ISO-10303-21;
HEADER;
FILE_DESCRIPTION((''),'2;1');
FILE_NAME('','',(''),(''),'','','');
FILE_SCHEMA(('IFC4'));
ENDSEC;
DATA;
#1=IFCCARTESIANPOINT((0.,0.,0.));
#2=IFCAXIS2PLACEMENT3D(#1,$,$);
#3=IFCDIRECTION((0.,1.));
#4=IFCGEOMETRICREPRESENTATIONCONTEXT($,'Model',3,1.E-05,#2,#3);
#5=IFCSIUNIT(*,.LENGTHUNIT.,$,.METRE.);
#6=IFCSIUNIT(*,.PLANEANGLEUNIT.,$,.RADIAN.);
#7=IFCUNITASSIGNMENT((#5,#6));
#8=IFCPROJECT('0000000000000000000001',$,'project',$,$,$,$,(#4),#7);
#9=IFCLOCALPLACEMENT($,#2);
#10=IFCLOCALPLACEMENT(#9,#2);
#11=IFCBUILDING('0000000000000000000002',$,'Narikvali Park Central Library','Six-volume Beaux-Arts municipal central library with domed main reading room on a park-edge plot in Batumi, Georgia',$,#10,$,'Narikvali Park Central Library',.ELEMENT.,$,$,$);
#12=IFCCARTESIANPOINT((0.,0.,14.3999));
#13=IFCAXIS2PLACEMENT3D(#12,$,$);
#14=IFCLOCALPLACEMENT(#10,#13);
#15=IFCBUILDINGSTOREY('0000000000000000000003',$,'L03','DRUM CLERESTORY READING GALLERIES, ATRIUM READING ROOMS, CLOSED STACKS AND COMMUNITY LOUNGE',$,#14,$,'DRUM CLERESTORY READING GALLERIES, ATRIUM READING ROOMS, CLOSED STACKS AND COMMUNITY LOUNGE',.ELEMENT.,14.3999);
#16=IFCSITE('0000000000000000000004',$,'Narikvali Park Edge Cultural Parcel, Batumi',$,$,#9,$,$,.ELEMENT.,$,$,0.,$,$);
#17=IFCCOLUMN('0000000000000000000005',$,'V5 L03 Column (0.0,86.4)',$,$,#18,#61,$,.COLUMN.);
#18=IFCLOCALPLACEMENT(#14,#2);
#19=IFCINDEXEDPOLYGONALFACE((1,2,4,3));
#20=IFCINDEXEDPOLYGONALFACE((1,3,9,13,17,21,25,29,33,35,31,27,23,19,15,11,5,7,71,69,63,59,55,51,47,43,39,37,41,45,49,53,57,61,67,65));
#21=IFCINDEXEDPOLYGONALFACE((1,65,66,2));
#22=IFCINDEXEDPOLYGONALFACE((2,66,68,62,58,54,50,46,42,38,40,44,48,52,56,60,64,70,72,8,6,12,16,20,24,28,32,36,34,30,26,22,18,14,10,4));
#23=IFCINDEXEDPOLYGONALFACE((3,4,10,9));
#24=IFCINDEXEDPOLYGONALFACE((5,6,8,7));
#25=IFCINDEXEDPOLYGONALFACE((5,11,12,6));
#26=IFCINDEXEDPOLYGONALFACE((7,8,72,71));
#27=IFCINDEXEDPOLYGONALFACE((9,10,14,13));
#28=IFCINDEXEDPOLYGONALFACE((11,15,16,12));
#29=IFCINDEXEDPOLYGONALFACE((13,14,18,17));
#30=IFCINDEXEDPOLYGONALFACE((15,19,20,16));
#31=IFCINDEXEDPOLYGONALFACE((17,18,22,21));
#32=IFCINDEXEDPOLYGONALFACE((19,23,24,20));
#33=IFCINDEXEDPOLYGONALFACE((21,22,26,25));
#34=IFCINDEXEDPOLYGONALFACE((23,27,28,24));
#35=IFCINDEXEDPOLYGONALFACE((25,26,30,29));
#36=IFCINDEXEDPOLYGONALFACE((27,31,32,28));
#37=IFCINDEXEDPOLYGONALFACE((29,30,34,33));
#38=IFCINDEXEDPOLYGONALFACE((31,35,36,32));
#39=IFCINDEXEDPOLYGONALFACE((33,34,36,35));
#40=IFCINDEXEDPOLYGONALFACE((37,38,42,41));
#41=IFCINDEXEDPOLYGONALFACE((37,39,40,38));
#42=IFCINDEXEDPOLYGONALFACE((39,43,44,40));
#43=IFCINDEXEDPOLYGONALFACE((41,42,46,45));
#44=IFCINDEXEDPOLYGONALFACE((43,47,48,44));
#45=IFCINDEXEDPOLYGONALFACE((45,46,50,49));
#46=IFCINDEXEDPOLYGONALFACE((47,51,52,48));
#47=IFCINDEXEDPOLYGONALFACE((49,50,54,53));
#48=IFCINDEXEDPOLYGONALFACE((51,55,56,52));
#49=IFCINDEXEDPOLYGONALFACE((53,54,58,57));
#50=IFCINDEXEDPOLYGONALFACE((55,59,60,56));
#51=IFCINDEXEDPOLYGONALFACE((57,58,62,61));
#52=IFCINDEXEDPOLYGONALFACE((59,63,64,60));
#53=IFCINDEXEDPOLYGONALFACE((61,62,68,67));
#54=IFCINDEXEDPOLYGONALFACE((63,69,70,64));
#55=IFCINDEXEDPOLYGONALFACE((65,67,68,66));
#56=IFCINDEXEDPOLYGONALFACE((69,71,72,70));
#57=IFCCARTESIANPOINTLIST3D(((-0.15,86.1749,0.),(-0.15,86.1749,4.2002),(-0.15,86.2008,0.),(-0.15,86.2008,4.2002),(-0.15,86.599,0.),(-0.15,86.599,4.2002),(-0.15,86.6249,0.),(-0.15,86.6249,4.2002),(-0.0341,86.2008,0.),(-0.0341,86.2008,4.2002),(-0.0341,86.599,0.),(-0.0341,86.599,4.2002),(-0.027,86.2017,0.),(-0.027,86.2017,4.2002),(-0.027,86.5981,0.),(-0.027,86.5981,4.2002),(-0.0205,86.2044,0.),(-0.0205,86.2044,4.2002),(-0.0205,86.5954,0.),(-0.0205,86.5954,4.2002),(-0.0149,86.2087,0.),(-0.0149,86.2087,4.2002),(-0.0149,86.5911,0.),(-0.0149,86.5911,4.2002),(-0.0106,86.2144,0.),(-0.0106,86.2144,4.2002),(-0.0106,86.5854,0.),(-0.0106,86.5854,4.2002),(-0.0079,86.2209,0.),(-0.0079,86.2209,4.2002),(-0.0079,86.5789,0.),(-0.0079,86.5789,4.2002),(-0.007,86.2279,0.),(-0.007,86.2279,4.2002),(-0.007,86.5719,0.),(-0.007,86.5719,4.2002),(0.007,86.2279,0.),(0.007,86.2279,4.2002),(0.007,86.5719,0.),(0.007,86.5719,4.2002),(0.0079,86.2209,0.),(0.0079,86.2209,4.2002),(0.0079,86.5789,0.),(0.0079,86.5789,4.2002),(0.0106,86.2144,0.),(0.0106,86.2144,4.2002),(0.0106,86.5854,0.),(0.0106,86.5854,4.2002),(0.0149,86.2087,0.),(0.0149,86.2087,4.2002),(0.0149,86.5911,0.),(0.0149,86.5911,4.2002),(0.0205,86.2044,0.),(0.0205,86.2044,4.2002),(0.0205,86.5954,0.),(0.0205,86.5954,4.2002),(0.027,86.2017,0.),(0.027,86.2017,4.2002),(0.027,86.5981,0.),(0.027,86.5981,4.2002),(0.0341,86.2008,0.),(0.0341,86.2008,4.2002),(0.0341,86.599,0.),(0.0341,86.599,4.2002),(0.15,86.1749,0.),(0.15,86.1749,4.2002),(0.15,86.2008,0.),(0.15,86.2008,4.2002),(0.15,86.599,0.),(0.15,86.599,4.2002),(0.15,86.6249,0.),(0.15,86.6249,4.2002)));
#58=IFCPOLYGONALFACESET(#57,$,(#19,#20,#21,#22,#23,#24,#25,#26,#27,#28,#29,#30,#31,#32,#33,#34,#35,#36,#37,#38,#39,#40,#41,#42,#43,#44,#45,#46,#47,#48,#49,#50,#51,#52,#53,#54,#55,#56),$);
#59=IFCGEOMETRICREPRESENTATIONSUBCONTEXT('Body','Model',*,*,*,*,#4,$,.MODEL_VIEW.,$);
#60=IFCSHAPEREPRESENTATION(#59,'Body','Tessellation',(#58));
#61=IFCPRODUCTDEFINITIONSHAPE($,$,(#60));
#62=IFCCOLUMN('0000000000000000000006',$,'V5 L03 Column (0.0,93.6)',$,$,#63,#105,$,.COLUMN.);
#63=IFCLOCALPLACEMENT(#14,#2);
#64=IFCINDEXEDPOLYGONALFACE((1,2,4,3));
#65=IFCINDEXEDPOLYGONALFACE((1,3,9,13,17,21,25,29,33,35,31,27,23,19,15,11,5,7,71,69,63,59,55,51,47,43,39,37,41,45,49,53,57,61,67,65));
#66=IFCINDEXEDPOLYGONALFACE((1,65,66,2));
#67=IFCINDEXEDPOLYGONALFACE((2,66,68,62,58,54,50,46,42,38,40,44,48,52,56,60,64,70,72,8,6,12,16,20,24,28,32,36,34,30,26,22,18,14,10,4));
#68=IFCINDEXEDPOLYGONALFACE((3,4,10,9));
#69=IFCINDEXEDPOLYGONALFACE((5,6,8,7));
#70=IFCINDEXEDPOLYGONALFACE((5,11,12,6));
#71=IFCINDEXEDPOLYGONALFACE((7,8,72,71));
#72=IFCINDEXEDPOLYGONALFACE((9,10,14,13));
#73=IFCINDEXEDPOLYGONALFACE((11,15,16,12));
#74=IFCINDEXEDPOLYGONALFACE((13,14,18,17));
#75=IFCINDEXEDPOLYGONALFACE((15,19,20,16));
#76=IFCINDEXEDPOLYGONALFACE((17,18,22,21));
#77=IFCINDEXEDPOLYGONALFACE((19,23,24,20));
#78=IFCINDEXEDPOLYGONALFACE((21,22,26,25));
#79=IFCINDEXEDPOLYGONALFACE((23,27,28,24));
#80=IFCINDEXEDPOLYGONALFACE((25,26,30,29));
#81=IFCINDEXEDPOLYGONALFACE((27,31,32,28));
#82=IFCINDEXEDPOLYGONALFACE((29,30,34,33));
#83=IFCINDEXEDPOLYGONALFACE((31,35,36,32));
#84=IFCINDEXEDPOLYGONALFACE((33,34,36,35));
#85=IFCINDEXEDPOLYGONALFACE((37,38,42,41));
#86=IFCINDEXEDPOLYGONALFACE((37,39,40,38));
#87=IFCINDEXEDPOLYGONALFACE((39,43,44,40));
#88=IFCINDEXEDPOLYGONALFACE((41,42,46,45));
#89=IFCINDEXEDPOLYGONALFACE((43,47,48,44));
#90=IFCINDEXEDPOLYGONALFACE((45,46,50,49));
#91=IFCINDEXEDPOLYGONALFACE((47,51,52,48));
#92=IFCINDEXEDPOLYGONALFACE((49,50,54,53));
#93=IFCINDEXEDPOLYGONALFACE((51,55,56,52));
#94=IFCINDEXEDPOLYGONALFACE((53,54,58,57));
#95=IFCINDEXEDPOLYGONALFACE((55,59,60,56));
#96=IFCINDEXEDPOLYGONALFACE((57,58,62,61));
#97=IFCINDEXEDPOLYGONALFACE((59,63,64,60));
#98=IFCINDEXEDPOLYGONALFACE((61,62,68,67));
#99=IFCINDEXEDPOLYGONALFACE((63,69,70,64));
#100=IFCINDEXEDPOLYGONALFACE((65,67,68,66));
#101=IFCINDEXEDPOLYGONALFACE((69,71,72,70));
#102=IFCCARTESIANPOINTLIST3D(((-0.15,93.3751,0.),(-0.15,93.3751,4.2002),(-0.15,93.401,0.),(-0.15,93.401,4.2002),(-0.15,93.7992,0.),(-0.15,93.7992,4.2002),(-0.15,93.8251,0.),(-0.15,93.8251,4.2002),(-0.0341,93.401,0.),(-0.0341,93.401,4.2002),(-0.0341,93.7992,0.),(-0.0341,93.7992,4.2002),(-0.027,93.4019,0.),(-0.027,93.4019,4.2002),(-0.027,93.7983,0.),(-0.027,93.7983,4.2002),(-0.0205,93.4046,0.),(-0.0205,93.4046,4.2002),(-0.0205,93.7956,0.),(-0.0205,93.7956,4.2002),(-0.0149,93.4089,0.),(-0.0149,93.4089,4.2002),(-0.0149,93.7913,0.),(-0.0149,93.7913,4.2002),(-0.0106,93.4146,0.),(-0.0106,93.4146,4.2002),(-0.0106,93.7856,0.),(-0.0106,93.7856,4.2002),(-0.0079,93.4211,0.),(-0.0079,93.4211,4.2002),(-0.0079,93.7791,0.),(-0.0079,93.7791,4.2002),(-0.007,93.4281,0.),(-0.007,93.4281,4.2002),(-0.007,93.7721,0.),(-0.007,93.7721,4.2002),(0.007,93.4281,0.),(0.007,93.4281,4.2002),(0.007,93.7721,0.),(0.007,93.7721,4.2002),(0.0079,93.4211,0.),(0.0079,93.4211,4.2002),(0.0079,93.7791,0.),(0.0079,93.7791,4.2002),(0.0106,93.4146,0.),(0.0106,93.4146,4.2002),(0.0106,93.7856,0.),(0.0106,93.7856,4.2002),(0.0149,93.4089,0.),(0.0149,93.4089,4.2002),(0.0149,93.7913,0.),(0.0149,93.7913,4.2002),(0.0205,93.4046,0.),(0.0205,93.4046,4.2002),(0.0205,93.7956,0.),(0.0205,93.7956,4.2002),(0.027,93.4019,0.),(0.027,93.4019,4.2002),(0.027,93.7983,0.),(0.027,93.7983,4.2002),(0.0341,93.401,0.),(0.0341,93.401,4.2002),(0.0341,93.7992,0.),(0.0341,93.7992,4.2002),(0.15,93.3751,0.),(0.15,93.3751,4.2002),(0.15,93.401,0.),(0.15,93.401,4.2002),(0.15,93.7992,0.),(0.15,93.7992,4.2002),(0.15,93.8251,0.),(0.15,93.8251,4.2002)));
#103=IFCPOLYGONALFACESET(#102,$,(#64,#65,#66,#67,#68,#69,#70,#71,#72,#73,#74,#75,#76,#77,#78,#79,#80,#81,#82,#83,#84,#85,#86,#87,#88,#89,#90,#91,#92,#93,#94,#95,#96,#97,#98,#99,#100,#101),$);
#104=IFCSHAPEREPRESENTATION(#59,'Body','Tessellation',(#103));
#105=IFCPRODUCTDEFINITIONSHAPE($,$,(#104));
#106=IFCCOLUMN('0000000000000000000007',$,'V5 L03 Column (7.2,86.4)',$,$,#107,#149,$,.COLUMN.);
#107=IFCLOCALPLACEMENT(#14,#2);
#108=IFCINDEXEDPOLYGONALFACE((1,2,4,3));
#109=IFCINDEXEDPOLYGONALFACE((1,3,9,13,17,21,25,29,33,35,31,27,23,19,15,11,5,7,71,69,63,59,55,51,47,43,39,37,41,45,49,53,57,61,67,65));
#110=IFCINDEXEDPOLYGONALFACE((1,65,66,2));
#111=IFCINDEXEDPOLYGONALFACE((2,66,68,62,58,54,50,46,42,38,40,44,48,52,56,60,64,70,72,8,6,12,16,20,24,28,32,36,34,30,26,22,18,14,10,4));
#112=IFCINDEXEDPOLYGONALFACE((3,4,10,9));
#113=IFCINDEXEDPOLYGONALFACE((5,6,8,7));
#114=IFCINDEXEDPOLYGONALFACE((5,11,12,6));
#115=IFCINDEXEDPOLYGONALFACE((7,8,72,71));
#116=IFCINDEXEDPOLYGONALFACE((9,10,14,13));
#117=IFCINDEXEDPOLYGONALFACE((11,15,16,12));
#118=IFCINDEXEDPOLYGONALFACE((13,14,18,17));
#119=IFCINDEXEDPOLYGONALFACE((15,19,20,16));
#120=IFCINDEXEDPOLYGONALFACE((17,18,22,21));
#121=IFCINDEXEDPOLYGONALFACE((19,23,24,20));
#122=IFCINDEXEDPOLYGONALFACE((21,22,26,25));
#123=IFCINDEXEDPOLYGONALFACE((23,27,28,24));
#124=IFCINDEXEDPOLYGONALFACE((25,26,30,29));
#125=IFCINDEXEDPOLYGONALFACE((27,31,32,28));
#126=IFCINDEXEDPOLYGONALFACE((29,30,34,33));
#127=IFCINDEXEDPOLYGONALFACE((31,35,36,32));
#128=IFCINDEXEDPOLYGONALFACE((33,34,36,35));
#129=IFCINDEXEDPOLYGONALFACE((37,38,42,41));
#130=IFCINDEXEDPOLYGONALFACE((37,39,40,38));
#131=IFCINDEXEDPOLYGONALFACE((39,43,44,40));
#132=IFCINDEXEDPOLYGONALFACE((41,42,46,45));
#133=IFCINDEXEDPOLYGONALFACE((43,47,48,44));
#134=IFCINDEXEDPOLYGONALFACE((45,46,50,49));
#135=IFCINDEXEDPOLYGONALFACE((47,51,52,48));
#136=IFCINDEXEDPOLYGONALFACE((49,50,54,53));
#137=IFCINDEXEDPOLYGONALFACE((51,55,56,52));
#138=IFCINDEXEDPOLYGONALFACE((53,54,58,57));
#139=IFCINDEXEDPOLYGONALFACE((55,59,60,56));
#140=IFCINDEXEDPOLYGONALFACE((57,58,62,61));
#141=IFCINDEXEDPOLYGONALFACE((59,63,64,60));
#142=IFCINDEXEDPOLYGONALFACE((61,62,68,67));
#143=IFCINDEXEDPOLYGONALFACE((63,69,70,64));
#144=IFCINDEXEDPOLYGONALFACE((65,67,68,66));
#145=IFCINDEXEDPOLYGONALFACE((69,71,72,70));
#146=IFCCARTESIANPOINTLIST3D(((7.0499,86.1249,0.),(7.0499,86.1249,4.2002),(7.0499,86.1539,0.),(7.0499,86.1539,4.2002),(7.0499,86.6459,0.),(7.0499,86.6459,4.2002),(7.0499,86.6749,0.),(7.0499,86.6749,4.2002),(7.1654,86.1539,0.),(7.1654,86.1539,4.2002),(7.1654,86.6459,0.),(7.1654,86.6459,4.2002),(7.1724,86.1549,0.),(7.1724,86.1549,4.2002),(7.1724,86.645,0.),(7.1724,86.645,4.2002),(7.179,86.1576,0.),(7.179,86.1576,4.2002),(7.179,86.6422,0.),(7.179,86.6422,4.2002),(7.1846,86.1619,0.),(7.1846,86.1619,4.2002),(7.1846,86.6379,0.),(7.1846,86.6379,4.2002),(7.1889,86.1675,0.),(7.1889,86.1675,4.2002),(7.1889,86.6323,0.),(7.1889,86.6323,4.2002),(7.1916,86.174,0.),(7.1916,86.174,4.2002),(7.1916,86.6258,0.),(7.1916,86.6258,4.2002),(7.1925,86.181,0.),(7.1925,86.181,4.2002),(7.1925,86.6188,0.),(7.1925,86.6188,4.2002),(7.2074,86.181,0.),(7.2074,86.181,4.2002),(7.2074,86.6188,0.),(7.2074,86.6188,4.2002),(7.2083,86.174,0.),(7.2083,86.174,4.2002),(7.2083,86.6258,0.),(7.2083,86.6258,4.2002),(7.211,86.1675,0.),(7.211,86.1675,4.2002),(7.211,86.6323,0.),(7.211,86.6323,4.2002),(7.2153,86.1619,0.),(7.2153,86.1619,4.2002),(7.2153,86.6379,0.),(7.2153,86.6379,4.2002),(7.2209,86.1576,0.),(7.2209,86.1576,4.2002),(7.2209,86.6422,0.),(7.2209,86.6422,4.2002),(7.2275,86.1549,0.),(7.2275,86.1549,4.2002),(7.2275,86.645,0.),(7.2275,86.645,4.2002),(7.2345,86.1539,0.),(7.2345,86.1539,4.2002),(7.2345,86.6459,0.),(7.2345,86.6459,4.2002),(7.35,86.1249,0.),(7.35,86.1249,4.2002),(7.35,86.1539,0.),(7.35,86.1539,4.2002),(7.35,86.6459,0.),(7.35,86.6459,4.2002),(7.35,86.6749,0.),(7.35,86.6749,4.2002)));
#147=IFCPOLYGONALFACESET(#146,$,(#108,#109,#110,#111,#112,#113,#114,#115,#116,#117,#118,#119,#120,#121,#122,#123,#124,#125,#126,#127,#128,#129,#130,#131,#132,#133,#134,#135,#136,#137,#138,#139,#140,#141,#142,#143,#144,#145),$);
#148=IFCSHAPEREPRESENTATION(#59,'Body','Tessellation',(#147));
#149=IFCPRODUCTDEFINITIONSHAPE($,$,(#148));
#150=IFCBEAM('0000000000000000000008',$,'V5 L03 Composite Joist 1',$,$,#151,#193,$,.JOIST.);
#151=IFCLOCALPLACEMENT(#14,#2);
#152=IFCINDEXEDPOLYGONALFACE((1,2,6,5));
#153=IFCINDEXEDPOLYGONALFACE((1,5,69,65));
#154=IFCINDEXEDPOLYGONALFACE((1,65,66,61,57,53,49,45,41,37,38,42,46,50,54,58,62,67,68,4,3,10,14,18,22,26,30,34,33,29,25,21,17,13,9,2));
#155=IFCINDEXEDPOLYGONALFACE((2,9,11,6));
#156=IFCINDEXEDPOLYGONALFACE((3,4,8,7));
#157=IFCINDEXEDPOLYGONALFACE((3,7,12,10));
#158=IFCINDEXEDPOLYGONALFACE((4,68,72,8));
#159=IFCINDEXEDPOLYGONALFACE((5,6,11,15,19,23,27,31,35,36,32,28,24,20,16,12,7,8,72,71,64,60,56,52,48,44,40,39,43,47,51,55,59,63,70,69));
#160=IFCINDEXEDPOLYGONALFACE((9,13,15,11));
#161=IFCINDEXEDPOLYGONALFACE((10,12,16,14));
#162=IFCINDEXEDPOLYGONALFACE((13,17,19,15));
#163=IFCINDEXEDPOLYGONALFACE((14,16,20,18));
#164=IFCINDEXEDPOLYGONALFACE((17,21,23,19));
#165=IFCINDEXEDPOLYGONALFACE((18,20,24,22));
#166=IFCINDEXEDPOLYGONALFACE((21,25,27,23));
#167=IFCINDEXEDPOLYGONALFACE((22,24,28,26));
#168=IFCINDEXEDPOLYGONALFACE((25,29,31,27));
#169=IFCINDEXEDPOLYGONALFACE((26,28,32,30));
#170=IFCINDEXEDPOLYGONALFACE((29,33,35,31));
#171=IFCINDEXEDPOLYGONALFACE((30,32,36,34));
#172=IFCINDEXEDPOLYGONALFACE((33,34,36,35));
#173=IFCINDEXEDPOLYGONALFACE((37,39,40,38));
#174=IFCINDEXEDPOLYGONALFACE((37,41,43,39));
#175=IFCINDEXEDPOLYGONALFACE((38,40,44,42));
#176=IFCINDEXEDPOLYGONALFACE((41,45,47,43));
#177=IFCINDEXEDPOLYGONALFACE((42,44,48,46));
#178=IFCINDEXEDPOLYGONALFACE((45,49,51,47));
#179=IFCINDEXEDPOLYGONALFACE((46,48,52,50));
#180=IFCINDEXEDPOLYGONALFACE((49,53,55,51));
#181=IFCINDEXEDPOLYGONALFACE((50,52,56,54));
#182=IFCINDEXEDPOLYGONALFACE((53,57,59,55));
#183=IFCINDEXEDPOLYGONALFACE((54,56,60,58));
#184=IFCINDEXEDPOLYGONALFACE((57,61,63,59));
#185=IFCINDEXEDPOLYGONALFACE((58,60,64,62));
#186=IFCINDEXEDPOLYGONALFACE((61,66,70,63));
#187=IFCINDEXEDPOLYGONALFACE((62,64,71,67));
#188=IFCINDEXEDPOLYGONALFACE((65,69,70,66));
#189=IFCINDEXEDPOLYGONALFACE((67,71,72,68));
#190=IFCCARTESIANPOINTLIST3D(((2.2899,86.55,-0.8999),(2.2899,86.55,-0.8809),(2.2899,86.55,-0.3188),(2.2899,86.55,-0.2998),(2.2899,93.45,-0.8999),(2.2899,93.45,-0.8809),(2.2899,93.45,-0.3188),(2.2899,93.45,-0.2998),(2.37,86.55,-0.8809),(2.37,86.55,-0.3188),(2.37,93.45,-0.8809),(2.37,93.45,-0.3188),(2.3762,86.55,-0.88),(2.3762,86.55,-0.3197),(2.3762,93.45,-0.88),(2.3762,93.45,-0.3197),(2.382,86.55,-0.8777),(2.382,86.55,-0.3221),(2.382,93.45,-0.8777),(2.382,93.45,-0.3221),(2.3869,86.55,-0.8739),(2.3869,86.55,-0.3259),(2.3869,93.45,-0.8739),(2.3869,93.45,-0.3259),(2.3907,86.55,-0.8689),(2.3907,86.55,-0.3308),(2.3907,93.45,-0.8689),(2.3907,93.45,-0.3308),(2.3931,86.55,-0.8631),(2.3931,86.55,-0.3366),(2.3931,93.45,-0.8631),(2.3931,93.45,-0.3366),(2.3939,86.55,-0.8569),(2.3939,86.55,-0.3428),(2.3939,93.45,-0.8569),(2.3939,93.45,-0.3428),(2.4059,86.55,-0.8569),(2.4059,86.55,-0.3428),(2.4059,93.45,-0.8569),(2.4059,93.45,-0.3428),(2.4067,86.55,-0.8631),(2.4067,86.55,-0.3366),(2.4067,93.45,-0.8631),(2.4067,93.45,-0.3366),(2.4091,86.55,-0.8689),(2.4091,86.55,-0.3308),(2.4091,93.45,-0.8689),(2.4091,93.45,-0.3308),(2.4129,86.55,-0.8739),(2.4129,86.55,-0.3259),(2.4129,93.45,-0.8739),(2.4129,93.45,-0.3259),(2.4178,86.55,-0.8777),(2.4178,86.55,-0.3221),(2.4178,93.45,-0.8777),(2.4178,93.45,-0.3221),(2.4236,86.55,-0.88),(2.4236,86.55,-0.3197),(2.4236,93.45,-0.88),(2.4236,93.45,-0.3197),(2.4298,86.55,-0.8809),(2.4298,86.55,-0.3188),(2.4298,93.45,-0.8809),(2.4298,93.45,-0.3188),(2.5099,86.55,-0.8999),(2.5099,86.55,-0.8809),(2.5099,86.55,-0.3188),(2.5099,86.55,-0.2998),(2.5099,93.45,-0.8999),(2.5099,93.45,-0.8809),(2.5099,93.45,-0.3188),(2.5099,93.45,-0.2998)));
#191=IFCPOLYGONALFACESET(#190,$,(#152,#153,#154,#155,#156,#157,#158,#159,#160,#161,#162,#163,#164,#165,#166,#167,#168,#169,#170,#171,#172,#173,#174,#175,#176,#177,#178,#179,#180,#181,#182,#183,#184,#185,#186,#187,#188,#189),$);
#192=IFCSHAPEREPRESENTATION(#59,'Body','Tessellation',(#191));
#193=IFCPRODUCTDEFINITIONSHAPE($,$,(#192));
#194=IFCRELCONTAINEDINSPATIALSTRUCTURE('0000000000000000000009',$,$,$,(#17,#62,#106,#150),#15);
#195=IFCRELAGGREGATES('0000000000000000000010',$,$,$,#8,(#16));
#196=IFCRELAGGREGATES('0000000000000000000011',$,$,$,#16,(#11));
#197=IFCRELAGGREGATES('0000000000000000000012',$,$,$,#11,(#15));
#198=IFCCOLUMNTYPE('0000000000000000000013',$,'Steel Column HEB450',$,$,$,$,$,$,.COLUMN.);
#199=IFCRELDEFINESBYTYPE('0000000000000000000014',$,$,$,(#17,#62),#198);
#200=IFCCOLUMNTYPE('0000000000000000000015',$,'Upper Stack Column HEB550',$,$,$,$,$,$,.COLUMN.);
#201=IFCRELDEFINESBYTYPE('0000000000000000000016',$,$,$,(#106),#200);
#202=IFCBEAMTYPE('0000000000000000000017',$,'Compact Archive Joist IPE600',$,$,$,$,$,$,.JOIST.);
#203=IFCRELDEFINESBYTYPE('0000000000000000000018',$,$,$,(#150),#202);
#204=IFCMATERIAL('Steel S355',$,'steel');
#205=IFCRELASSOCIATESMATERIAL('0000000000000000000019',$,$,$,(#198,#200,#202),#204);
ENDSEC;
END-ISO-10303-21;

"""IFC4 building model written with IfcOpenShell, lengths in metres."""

from ifc_helpers import new_model, si_unit, direction, frame, origin, origin_2d, place, context, subcontext, project, spatial, i_section, extrude, material, material_profile, profile_set, type_object, element, save


model = new_model("IFC4")

# Units and contexts
model_context = context("Model", 3, precision=1e-05, world=origin(), true_north=direction((0.0, 1.0)))
body_context = subcontext(model_context, "Body", "Model", "MODEL_VIEW")
ifc_project = project(units=[si_unit("LENGTHUNIT", "METRE"), si_unit("PLANEANGLEUNIT", "RADIAN")], contexts=[model_context])

# Site, building, storey
site_placement = place(None, origin())
site = spatial("IfcSite", under=ifc_project, at=site_placement, Name="Narikvali Park Edge Cultural Parcel, Batumi", CompositionType="ELEMENT", RefElevation=0.0)
building_placement = place(site_placement, origin())
building = spatial("IfcBuilding", under=site, at=building_placement, Name="Narikvali Park Central Library", Description="Six-volume Beaux-Arts municipal central library with domed main reading room on a park-edge plot in Batumi, Georgia", LongName="Narikvali Park Central Library", CompositionType="ELEMENT")
storey_placement = place(building_placement, frame((0.0, 0.0, 14.3999)))
storey = spatial("IfcBuildingStorey", under=building, at=storey_placement, Name="L03", Description="DRUM CLERESTORY READING GALLERIES, ATRIUM READING ROOMS, CLOSED STACKS AND COMMUNITY LOUNGE", LongName="DRUM CLERESTORY READING GALLERIES, ATRIUM READING ROOMS, CLOSED STACKS AND COMMUNITY LOUNGE", CompositionType="ELEMENT", Elevation=14.3999)

# Columns
ifc_material_1 = material(Name="Steel S355", Category="steel")
ifc_material_profile_1 = material_profile(ifc_material_1, i_section(OverallWidth=0.3, OverallDepth=0.45, WebThickness=0.0139, FlangeThickness=0.0259, FilletRadius=0.0271, at=origin_2d()), Name="HEB 450")
ifc_profile_set_1 = profile_set([ifc_material_profile_1], Name="Steel S355")
column_type_1 = type_object("IfcColumnType", Name="Steel Column HEB450", PredefinedType="COLUMN", material=ifc_profile_set_1)
for number, where, z_axis, x_axis, name in (
    (1, (0.0, 86.3999, 0.0), (0.0, 0.0, 1.0), (1.0, 0.0, 0.0), "V5 L03 Column (0.0,86.4)"),
    (2, (0.0, 93.6001, 0.0), (0.0, 0.0, 1.0), (1.0, 0.0, 0.0), "V5 L03 Column (0.0,93.6)"),
):
    element("IfcColumn", number, at=place(storey_placement, frame(where, z_axis=z_axis, x_axis=x_axis)), inside=storey, type_object=column_type_1, Name=name, PredefinedType="COLUMN", context=body_context, shape_type="SweptSolid", body=[
        extrude(i_section(OverallWidth=0.3, OverallDepth=0.45, WebThickness=0.0139, FlangeThickness=0.0259, FilletRadius=0.0271, at=origin_2d()), origin(), (0.0, 0.0, 1.0), 4.2002),
    ])
ifc_material_profile_2 = material_profile(ifc_material_1, i_section(OverallWidth=0.3, OverallDepth=0.55, WebThickness=0.0149, FlangeThickness=0.0291, FilletRadius=0.0271, at=origin_2d()), Name="HEB 550")
ifc_profile_set_2 = profile_set([ifc_material_profile_2], Name="Steel S355")
column_type_2 = type_object("IfcColumnType", Name="Upper Stack Column HEB550", PredefinedType="COLUMN", material=ifc_profile_set_2)
column_placement = place(storey_placement, frame((7.2, 86.3999, 0.0), z_axis=(0.0, 0.0, 1.0), x_axis=(1.0, 0.0, 0.0)))
element("IfcColumn", 3, at=column_placement, inside=storey, type_object=column_type_2, Name="V5 L03 Column (7.2,86.4)", PredefinedType="COLUMN", context=body_context, shape_type="SweptSolid", body=[
    extrude(i_section(OverallWidth=0.3, OverallDepth=0.55, WebThickness=0.0149, FlangeThickness=0.0291, FilletRadius=0.0271, at=origin_2d()), origin(), (0.0, 0.0, 1.0), 4.2002),
])

# Beam
ifc_material_profile_3 = material_profile(ifc_material_1, i_section(OverallWidth=0.22, OverallDepth=0.6001, WebThickness=0.012, FlangeThickness=0.019, FilletRadius=0.0239, at=origin_2d()), Name="IPE 600")
ifc_profile_set_3 = profile_set([ifc_material_profile_3], Name="Steel S355")
beam_type_1 = type_object("IfcBeamType", Name="Compact Archive Joist IPE600", PredefinedType="JOIST", material=ifc_profile_set_3)
for number, where, z_axis, x_axis, name in (
    (4, (2.3999, 86.55, -0.5999), (0.0, 1.0, 0.0), (-1.0, 0.0, 0.0), "V5 L03 Composite Joist 1"),
):
    element("IfcBeam", number, at=place(storey_placement, frame(where, z_axis=z_axis, x_axis=x_axis)), inside=storey, type_object=beam_type_1, Name=name, PredefinedType="JOIST", context=body_context, shape_type="SweptSolid", body=[
        extrude(i_section(OverallWidth=0.22, OverallDepth=0.6001, WebThickness=0.012, FlangeThickness=0.019, FilletRadius=0.0239, at=origin_2d()), origin(), (0.0, 0.0, 1.0), 6.8999),
    ])

save(model, "model.ifc")
